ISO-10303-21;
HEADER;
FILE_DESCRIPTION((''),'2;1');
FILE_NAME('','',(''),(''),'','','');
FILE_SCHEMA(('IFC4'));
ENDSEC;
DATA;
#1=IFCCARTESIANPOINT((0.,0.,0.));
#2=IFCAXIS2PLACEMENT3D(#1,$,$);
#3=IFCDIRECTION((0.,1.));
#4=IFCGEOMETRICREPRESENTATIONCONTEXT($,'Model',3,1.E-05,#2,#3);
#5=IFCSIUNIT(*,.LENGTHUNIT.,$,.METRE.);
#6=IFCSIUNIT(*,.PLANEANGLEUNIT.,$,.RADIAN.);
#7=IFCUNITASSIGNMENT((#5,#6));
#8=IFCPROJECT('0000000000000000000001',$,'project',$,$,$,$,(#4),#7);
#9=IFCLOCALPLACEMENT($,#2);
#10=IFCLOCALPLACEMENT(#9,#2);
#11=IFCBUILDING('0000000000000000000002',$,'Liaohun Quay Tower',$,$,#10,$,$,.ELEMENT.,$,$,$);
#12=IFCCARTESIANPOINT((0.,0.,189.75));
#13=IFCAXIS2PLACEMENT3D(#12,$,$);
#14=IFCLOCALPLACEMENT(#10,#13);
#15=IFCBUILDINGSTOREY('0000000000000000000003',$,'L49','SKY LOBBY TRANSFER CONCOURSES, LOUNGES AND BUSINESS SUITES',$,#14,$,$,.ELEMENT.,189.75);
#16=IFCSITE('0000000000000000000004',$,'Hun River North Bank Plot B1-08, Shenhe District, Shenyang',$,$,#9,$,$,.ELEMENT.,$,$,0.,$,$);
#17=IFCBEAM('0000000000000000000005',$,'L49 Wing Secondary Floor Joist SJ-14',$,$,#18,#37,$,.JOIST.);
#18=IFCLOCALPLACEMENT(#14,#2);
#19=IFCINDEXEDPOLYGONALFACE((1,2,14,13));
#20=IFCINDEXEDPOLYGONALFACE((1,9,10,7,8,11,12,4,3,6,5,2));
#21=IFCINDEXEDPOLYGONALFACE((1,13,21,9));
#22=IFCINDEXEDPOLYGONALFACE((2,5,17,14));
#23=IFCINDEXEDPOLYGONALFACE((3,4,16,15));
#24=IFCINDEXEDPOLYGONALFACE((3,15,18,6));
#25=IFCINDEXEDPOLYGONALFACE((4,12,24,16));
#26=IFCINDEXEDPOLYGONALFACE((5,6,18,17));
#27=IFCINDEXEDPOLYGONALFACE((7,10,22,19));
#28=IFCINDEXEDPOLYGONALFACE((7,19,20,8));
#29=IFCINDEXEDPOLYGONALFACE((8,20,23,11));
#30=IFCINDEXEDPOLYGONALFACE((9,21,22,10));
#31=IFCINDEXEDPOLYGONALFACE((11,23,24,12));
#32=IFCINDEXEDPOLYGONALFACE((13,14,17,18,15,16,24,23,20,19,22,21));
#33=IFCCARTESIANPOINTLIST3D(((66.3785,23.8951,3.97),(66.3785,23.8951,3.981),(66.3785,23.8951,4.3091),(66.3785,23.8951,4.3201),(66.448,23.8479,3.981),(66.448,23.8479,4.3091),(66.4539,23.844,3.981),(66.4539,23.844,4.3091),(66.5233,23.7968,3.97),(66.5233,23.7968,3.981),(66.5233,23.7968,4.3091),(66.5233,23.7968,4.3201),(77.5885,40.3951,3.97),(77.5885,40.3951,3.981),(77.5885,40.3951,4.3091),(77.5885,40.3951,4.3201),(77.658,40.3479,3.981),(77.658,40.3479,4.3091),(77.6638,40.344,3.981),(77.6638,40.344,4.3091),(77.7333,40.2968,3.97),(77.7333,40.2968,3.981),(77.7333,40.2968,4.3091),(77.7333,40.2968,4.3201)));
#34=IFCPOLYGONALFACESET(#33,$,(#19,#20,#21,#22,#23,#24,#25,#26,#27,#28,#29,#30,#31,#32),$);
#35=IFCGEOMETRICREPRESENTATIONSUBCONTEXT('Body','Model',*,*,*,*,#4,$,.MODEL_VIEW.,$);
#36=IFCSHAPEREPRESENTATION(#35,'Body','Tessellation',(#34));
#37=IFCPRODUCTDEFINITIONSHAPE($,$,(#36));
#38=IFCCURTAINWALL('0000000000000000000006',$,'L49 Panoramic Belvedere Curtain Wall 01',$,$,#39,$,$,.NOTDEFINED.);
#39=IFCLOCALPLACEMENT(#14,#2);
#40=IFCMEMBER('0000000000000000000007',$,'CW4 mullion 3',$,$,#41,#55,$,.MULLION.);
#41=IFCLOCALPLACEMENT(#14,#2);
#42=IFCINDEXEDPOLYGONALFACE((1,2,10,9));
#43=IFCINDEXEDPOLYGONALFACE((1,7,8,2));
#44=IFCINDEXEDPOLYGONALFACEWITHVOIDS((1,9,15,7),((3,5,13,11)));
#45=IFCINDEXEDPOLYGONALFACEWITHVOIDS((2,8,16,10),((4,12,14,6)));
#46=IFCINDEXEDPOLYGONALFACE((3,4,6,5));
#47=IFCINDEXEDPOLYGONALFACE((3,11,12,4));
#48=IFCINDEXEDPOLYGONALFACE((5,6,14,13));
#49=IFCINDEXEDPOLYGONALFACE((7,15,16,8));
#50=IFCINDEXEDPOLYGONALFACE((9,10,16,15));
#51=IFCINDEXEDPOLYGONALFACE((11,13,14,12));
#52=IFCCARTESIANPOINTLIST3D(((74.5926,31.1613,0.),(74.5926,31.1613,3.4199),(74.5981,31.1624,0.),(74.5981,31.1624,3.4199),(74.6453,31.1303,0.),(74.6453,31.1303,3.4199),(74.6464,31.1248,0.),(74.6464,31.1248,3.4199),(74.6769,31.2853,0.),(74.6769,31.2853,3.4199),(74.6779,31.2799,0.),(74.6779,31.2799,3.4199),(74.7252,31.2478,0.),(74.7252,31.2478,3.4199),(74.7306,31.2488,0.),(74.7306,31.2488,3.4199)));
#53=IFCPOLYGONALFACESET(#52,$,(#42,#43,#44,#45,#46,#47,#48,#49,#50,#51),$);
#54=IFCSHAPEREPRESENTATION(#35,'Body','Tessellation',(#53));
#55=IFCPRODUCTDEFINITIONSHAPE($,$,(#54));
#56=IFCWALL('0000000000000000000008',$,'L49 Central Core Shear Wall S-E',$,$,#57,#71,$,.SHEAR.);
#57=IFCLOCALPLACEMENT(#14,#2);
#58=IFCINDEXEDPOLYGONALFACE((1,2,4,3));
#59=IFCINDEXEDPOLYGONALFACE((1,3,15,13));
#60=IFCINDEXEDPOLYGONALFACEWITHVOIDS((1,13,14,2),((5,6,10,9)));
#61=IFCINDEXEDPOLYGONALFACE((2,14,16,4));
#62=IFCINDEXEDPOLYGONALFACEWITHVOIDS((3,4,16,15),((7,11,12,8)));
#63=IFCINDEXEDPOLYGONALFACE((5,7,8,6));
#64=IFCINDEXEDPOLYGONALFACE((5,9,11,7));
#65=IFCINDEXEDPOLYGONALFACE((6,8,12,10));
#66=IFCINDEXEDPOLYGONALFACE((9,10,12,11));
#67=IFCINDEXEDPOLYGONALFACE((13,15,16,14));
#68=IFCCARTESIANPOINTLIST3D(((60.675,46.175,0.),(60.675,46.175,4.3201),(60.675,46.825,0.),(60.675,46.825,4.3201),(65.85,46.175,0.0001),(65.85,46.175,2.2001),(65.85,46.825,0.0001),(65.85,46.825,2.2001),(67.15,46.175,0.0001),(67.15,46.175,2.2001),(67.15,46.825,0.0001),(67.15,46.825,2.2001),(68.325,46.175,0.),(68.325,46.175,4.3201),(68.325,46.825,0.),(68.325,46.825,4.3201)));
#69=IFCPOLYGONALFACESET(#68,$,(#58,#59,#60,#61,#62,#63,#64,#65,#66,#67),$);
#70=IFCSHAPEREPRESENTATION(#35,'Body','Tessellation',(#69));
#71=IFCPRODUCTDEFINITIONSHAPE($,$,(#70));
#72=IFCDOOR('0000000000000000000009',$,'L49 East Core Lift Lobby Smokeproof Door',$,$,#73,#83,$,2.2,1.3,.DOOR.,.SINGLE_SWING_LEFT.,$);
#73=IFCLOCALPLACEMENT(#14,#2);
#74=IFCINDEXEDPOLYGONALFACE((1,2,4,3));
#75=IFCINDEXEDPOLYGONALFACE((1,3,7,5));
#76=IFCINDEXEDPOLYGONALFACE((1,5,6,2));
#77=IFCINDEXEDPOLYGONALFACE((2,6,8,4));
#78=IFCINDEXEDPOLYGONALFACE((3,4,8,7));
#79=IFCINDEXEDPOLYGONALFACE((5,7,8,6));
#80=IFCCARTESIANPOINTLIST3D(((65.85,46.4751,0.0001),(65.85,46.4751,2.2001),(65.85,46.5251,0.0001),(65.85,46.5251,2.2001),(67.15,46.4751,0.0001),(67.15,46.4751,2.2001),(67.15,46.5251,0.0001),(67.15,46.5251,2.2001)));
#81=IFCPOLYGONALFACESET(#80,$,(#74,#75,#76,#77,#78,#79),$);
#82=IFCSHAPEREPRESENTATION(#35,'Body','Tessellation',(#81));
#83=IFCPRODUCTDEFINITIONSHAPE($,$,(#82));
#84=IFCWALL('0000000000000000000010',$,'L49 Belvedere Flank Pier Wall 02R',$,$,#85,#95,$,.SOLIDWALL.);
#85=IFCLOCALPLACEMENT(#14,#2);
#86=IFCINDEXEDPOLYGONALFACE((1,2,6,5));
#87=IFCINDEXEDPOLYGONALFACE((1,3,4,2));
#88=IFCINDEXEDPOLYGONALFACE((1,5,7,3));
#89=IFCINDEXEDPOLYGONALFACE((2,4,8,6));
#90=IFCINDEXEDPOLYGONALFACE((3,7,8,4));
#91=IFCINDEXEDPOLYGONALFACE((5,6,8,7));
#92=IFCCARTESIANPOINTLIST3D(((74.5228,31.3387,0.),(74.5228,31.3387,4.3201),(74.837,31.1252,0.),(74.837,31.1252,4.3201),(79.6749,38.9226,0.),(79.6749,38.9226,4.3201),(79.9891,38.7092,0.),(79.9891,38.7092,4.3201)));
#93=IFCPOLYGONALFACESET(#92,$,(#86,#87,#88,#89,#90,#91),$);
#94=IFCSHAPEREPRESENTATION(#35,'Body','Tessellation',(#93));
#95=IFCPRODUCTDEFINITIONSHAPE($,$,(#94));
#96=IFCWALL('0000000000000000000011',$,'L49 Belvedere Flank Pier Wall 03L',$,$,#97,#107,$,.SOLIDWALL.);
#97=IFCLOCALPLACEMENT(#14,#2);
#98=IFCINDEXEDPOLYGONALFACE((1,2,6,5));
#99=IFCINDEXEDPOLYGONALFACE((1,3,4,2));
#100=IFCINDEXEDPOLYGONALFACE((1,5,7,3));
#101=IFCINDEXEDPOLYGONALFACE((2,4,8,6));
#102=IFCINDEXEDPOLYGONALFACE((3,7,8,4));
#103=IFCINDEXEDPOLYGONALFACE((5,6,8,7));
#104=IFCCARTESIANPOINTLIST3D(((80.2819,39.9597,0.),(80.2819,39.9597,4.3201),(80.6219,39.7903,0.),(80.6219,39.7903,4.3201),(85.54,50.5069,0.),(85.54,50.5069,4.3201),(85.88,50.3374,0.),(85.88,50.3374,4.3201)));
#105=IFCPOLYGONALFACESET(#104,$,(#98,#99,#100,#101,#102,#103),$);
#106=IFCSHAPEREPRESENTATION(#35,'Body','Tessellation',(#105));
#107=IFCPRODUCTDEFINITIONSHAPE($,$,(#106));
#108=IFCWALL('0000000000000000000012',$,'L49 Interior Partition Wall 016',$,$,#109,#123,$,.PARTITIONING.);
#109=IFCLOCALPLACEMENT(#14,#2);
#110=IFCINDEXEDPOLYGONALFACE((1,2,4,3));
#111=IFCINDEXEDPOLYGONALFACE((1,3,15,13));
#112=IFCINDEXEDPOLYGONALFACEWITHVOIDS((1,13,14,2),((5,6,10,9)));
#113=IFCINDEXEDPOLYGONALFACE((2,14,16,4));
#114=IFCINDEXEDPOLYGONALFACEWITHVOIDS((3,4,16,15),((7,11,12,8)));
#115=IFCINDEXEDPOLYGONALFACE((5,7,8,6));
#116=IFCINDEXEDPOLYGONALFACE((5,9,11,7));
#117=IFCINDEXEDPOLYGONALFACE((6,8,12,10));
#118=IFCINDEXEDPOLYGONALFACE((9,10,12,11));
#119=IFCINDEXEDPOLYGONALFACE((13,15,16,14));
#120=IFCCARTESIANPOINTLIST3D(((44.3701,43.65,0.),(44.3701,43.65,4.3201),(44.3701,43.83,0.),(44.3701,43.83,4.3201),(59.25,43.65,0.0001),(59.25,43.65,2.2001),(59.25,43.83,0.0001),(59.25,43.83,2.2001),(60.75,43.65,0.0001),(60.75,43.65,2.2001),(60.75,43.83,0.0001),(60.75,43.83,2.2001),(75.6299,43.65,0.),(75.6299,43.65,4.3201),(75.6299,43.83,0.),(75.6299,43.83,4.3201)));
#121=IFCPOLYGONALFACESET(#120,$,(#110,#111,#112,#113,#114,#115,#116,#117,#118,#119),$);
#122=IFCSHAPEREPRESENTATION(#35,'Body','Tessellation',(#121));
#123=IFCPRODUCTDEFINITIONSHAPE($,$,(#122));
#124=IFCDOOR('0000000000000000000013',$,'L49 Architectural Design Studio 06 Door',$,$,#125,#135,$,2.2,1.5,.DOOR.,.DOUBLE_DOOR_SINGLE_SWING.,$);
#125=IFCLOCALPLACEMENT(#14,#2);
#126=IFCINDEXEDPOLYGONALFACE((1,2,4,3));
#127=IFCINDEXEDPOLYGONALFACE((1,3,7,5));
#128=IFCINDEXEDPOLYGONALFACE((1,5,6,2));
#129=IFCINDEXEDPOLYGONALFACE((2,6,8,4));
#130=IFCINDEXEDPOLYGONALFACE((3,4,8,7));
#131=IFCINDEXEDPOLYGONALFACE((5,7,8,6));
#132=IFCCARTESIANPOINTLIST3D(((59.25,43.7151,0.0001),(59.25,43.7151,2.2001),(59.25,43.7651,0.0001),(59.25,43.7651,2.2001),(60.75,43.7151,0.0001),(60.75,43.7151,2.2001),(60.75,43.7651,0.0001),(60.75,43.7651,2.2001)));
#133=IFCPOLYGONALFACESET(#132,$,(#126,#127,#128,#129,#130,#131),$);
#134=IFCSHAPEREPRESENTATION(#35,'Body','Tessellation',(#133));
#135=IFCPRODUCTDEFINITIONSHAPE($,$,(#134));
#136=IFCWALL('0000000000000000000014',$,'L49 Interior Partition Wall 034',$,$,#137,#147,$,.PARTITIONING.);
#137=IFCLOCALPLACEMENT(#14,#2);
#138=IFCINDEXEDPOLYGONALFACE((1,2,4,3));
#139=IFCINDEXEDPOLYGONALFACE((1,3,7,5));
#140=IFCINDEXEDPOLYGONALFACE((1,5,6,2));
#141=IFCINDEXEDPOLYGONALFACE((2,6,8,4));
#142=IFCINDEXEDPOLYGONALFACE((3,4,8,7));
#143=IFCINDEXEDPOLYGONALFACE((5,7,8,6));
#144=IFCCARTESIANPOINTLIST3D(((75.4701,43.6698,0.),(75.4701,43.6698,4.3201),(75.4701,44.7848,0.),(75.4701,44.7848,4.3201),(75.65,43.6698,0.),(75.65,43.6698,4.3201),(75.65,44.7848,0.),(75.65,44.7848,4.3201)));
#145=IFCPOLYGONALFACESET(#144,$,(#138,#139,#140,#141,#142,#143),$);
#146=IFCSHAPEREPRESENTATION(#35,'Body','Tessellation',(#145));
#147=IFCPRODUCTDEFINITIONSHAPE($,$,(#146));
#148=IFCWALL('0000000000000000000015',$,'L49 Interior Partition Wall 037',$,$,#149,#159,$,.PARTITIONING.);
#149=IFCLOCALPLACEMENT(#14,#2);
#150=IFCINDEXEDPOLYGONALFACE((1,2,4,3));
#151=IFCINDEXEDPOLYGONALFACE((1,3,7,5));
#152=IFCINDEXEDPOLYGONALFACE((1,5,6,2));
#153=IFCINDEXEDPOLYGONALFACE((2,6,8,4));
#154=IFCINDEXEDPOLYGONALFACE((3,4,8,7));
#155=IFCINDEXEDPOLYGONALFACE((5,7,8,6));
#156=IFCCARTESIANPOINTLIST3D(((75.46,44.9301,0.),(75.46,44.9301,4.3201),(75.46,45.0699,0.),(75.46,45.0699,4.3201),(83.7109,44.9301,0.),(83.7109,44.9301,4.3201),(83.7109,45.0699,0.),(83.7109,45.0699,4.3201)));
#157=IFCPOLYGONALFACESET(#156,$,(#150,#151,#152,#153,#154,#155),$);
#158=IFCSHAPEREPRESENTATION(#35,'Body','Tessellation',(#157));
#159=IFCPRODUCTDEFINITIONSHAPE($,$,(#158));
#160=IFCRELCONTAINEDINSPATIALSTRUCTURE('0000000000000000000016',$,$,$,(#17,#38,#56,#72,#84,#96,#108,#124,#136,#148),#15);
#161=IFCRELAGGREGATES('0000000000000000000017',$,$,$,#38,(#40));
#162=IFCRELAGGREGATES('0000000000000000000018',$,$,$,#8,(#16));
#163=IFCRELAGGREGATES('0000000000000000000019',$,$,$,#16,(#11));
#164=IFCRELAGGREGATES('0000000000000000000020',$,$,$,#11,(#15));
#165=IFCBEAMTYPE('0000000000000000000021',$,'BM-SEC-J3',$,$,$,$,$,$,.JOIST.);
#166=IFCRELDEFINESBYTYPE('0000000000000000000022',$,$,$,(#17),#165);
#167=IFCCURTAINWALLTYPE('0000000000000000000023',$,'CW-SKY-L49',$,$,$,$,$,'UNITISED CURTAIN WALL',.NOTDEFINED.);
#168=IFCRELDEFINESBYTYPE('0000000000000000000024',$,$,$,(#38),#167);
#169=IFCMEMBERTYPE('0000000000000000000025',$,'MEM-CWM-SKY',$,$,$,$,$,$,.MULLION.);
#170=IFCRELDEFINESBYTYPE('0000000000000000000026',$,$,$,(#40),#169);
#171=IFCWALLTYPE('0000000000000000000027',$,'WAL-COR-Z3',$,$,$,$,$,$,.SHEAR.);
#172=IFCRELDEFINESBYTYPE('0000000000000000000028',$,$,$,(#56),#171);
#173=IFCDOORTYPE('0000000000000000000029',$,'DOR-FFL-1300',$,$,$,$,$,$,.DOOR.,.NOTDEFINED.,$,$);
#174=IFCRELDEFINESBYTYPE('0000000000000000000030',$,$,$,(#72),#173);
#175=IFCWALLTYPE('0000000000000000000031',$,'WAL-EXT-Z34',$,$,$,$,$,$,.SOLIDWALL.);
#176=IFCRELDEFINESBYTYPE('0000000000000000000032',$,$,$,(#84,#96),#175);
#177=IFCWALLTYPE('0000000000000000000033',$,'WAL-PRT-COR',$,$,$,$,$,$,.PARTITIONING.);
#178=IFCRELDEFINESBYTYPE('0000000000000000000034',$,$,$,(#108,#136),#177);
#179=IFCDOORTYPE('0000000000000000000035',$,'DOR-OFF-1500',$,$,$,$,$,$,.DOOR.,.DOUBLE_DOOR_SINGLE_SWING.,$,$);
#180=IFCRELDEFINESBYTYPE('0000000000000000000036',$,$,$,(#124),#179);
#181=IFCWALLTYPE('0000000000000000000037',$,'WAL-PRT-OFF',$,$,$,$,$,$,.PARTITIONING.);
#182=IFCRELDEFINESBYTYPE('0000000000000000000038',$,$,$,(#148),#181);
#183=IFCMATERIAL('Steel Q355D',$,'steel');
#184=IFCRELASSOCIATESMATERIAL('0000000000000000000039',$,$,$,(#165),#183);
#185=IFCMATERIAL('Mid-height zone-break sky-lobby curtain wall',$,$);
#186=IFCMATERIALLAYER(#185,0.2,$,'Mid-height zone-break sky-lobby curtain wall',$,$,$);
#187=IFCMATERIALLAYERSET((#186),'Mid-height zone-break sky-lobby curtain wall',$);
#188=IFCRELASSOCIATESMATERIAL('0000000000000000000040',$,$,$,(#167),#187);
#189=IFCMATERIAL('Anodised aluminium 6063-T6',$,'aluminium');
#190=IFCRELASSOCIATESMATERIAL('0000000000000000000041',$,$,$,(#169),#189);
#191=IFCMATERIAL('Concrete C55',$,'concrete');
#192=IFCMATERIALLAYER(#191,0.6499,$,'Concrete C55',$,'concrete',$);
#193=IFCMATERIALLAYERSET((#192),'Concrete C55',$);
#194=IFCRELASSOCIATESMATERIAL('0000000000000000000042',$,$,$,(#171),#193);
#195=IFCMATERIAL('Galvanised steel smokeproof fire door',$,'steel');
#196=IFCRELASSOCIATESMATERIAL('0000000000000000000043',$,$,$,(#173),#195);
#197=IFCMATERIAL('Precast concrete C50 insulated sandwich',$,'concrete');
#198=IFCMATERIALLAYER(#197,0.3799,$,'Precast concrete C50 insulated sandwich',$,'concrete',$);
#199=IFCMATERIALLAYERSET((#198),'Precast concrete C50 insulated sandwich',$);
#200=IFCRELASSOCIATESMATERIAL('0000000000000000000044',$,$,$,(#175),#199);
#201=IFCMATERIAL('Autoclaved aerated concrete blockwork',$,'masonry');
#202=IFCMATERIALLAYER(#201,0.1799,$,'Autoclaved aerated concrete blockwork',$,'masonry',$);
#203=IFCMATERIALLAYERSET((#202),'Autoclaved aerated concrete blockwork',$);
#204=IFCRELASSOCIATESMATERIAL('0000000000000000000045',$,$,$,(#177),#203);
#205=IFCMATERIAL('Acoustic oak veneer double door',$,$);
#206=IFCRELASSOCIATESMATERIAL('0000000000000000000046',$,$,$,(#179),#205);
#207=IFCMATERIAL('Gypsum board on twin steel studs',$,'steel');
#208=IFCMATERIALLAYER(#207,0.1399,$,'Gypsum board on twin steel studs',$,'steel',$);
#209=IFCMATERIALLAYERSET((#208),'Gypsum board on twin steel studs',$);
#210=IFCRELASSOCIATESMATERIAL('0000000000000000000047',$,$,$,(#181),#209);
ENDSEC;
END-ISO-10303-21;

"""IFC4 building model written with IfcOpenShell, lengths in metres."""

from ifc_helpers import new_model, si_unit, direction, frame, frame_2d, origin, origin_2d, place, context, subcontext, project, spatial, rectangle, hollow_rectangle, i_section, extrude, source, transform, mapped, material, layer, layer_set, material_profile, profile_set, type_object, element, fill, aggregate, save


model = new_model("IFC4")

# Units and contexts
model_context = context("Model", 3, precision=1e-05, world=origin(), true_north=direction((0.0, 1.0)))
body_context = subcontext(model_context, "Body", "Model", "MODEL_VIEW")
ifc_project = project(units=[si_unit("LENGTHUNIT", "METRE"), si_unit("PLANEANGLEUNIT", "RADIAN")], contexts=[model_context])

# Site, building, storey
site_placement = place(None, origin())
site = spatial("IfcSite", under=ifc_project, at=site_placement, Name="Hun River North Bank Plot B1-08, Shenhe District, Shenyang", CompositionType="ELEMENT", RefElevation=0.0)
building_placement = place(site_placement, origin())
building = spatial("IfcBuilding", under=site, at=building_placement, Name="Liaohun Quay Tower", CompositionType="ELEMENT")
storey_placement = place(building_placement, frame((0.0, 0.0, 189.75)))
storey = spatial("IfcBuildingStorey", under=building, at=storey_placement, Name="L49", Description="SKY LOBBY TRANSFER CONCOURSES, LOUNGES AND BUSINESS SUITES", CompositionType="ELEMENT", Elevation=189.75)

# Shared definitions
ifc_material_1 = material(Name="Concrete C55", Category="concrete")

# Beam
ifc_material_2 = material(Name="Steel Q355D", Category="steel")
ifc_material_profile_1 = material_profile(ifc_material_2, i_section(OverallWidth=0.175, OverallDepth=0.3501, WebThickness=0.0071, FlangeThickness=0.011, at=origin_2d()), Name="HN350x175x7x11")
ifc_profile_set_1 = profile_set([ifc_material_profile_1], Name="Steel Q355D")
beam_type_1 = type_object("IfcBeamType", Name="BM-SEC-J3", PredefinedType="JOIST", material=ifc_profile_set_1)
shared_shape_1 = source(origin(), body_context, "Body", "SweptSolid", [
    extrude(i_section(OverallWidth=0.175, OverallDepth=0.3501, WebThickness=0.0071, FlangeThickness=0.011, at=origin_2d()), origin(), (0.0, 0.0, 1.0), 19.9478),
])
beam_1_placement = place(storey_placement, frame((77.6609, 40.3459, 4.145), z_axis=(-0.561966, -0.82716, 0.0), x_axis=(0.82716, -0.561966, 0.0)))
element("IfcBeam", 1, at=beam_1_placement, inside=storey, type_object=beam_type_1, Name="L49 Wing Secondary Floor Joist SJ-14", PredefinedType="JOIST", context=body_context, shape_type="MappedRepresentation", body=[
    mapped(shared_shape_1, transform((0.0, 0.0, 0.0), x_axis=(1.0, 0.0, 0.0), y_axis=(0.0, 1.0, 0.0), z_axis=(0.0, 0.0, 1.0), scale=1.0)),
])

# Curtain wall, member
ifc_material_3 = material(Name="Mid-height zone-break sky-lobby curtain wall")
ifc_layer_1 = layer(ifc_material_3, 0.2, Name="Mid-height zone-break sky-lobby curtain wall")
ifc_layer_set_1 = layer_set([ifc_layer_1], Name="Mid-height zone-break sky-lobby curtain wall")
curtain_wall_type = type_object("IfcCurtainWallType", Name="CW-SKY-L49", ElementType="UNITISED CURTAIN WALL", PredefinedType="NOTDEFINED", material=ifc_layer_set_1)
curtain_wall_placement = place(storey_placement, origin())
curtain_wall = element("IfcCurtainWall", 2, at=curtain_wall_placement, inside=storey, type_object=curtain_wall_type, Name="L49 Panoramic Belvedere Curtain Wall 01", PredefinedType="NOTDEFINED")
ifc_material_4 = material(Name="Anodised aluminium 6063-T6", Category="aluminium")
ifc_material_profile_2 = material_profile(ifc_material_4, hollow_rectangle(XDim=0.0649, YDim=0.1499, WallThickness=0.0039, at=origin_2d()), Name="RHS150x65x4")
ifc_profile_set_2 = profile_set([ifc_material_profile_2], Name="Anodised aluminium 6063-T6")
member_type = type_object("IfcMemberType", Name="MEM-CWM-SKY", PredefinedType="MULLION", material=ifc_profile_set_2)
shared_shape_2 = source(origin(), body_context, "Body", "SweptSolid", [
    extrude(hollow_rectangle(XDim=0.0649, YDim=0.1499, WallThickness=0.0039, at=origin_2d()), origin(), (0.0, 0.0, 1.0), 3.4199),
])
member_placement = place(storey_placement, frame((74.6616, 31.2051, 0.0), z_axis=(0.0, 0.0, 1.0), x_axis=(-0.827139, 0.561998, 0.0)))
member = element("IfcMember", 3, at=member_placement, type_object=member_type, Name="CW4 mullion 3", PredefinedType="MULLION", context=body_context, shape_type="MappedRepresentation", body=[
    mapped(shared_shape_2, transform((0.0, 0.0, 0.0), x_axis=(1.0, 0.0, 0.0), y_axis=(0.0, 1.0, 0.0), z_axis=(0.0, 0.0, 1.0), scale=1.0)),
])
aggregate(curtain_wall, [member])

# Wall, opening, door
ifc_layer_2 = layer(ifc_material_1, 0.6499, Name="Concrete C55", Category="concrete")
ifc_layer_set_2 = layer_set([ifc_layer_2], Name="Concrete C55")
wall_type_1 = type_object("IfcWallType", Name="WAL-COR-Z3", PredefinedType="SHEAR", material=ifc_layer_set_2)
wall_1_placement = place(storey_placement, frame((68.325, 46.5, 0.0), z_axis=(0.0, 0.0, 1.0), x_axis=(-1.0, 0.0, 0.0)))
wall_1 = element("IfcWall", 4, at=wall_1_placement, inside=storey, type_object=wall_type_1, Name="L49 Central Core Shear Wall S-E", PredefinedType="SHEAR", context=body_context, shape_type="SweptSolid", body=[
    extrude(rectangle(XDim=7.6499, YDim=0.6499, at=frame_2d((3.825, 0.0))), origin(), (0.0, 0.0, 1.0), 4.3201),
])
shared_shape_3 = source(origin(), body_context, "Body", "SweptSolid", [
    extrude(rectangle(XDim=1.3, YDim=2.2, at=frame_2d((0.6499, 1.1001))), frame((0.0, 0.335, 0.0), z_axis=(0.0, -1.0, 0.0), x_axis=(1.0, 0.0, 0.0)), (0.0, 0.0, 1.0), 0.6699),
])
opening_1_placement = place(wall_1_placement, frame((1.175, 0.0, 0.0)))
opening_1 = element("IfcOpeningElement", 5, at=opening_1_placement, cuts=wall_1, PredefinedType="OPENING", context=body_context, shape_type="MappedRepresentation", body=[
    mapped(shared_shape_3, transform((0.0, 0.0, 0.0), x_axis=(1.0, 0.0, 0.0), y_axis=(0.0, 1.0, 0.0), z_axis=(0.0, 0.0, 1.0), scale=1.0)),
])
ifc_material_5 = material(Name="Galvanised steel smokeproof fire door", Category="steel")
door_type_1 = type_object("IfcDoorType", Name="DOR-FFL-1300", OperationType="NOTDEFINED", PredefinedType="DOOR", material=ifc_material_5)
shared_shape_4 = source(origin(), body_context, "Body", "SweptSolid", [
    extrude(rectangle(XDim=1.3, YDim=2.2, at=frame_2d((0.6499, 1.1001))), frame((0.0, 0.0249, 0.0), z_axis=(0.0, -1.0, 0.0), x_axis=(1.0, 0.0, 0.0)), (0.0, 0.0, 1.0), 0.05),
])
door_1_placement = place(opening_1_placement, origin())
door_1 = element("IfcDoor", 6, at=door_1_placement, inside=storey, type_object=door_type_1, Name="L49 East Core Lift Lobby Smokeproof Door", OperationType="SINGLE_SWING_LEFT", OverallHeight=2.2, OverallWidth=1.3, PredefinedType="DOOR", context=body_context, shape_type="MappedRepresentation", body=[
    mapped(shared_shape_4, transform((0.0, 0.0, 0.0), x_axis=(1.0, 0.0, 0.0), y_axis=(0.0, 1.0, 0.0), z_axis=(0.0, 0.0, 1.0), scale=1.0)),
])
fill(opening_1, door_1)

# Walls
ifc_material_6 = material(Name="Precast concrete C50 insulated sandwich", Category="concrete")
ifc_layer_3 = layer(ifc_material_6, 0.3799, Name="Precast concrete C50 insulated sandwich", Category="concrete")
ifc_layer_set_3 = layer_set([ifc_layer_3], Name="Precast concrete C50 insulated sandwich")
wall_type_2 = type_object("IfcWallType", Name="WAL-EXT-Z34", PredefinedType="SOLIDWALL", material=ifc_layer_set_3)
wall_2_placement = place(storey_placement, frame((74.6799, 31.2319, 0.0), z_axis=(0.0, 0.0, 1.0), x_axis=(0.561936, 0.82718, 0.0)))
element("IfcWall", 7, at=wall_2_placement, inside=storey, type_object=wall_type_2, Name="L49 Belvedere Flank Pier Wall 02R", PredefinedType="SOLIDWALL", context=body_context, shape_type="SweptSolid", body=[
    extrude(rectangle(XDim=9.1685, YDim=0.3799, at=frame_2d((4.5842, 0.0))), origin(), (0.0, 0.0, 1.0), 4.3201),
])
wall_3_placement = place(storey_placement, frame((80.4519, 39.875, 0.0), z_axis=(0.0, 0.0, 1.0), x_axis=(0.446161, 0.894953, 0.0)))
element("IfcWall", 8, at=wall_3_placement, inside=storey, type_object=wall_type_2, Name="L49 Belvedere Flank Pier Wall 03L", PredefinedType="SOLIDWALL", context=body_context, shape_type="SweptSolid", body=[
    extrude(rectangle(XDim=11.7852, YDim=0.3799, at=frame_2d((5.8926, 0.0))), origin(), (0.0, 0.0, 1.0), 4.3201),
])

# Wall, opening, door
ifc_material_7 = material(Name="Autoclaved aerated concrete blockwork", Category="masonry")
ifc_layer_4 = layer(ifc_material_7, 0.1799, Name="Autoclaved aerated concrete blockwork", Category="masonry")
ifc_layer_set_4 = layer_set([ifc_layer_4], Name="Autoclaved aerated concrete blockwork")
wall_type_3 = type_object("IfcWallType", Name="WAL-PRT-COR", PredefinedType="PARTITIONING", material=ifc_layer_set_4)
wall_4_placement = place(storey_placement, frame((75.6299, 43.74, 0.0), z_axis=(0.0, 0.0, 1.0), x_axis=(-1.0, 0.0, 0.0)))
wall_4 = element("IfcWall", 9, at=wall_4_placement, inside=storey, type_object=wall_type_3, Name="L49 Interior Partition Wall 016", PredefinedType="PARTITIONING", context=body_context, shape_type="SweptSolid", body=[
    extrude(rectangle(XDim=31.2598, YDim=0.1799, at=frame_2d((15.6299, 0.0))), origin(), (0.0, 0.0, 1.0), 4.3201),
])
shared_shape_5 = source(origin(), body_context, "Body", "SweptSolid", [
    extrude(rectangle(XDim=1.5, YDim=2.2, at=frame_2d((0.75, 1.1001))), frame((0.0, 0.0999, 0.0), z_axis=(0.0, -1.0, 0.0), x_axis=(1.0, 0.0, 0.0)), (0.0, 0.0, 1.0), 0.2),
])
opening_2_placement = place(wall_4_placement, frame((14.8799, 0.0, 0.0)))
opening_2 = element("IfcOpeningElement", 10, at=opening_2_placement, cuts=wall_4, PredefinedType="OPENING", context=body_context, shape_type="MappedRepresentation", body=[
    mapped(shared_shape_5, transform((0.0, 0.0, 0.0), x_axis=(1.0, 0.0, 0.0), y_axis=(0.0, 1.0, 0.0), z_axis=(0.0, 0.0, 1.0), scale=1.0)),
])
ifc_material_8 = material(Name="Acoustic oak veneer double door")
door_type_2 = type_object("IfcDoorType", Name="DOR-OFF-1500", OperationType="DOUBLE_DOOR_SINGLE_SWING", PredefinedType="DOOR", material=ifc_material_8)
shared_shape_6 = source(origin(), body_context, "Body", "SweptSolid", [
    extrude(rectangle(XDim=1.5, YDim=2.2, at=frame_2d((0.75, 1.1001))), frame((0.0, 0.0249, 0.0), z_axis=(0.0, -1.0, 0.0), x_axis=(1.0, 0.0, 0.0)), (0.0, 0.0, 1.0), 0.05),
])
door_2_placement = place(opening_2_placement, origin())
door_2 = element("IfcDoor", 11, at=door_2_placement, inside=storey, type_object=door_type_2, Name="L49 Architectural Design Studio 06 Door", OperationType="DOUBLE_DOOR_SINGLE_SWING", OverallHeight=2.2, OverallWidth=1.5, PredefinedType="DOOR", context=body_context, shape_type="MappedRepresentation", body=[
    mapped(shared_shape_6, transform((0.0, 0.0, 0.0), x_axis=(1.0, 0.0, 0.0), y_axis=(0.0, 1.0, 0.0), z_axis=(0.0, 0.0, 1.0), scale=1.0)),
])
fill(opening_2, door_2)

# Walls
wall_5_placement = place(storey_placement, frame((75.5601, 44.7849, 0.0), z_axis=(0.0, 0.0, 1.0), x_axis=(0.0, -1.0, 0.0)))
element("IfcWall", 12, at=wall_5_placement, inside=storey, type_object=wall_type_3, Name="L49 Interior Partition Wall 034", PredefinedType="PARTITIONING", context=body_context, shape_type="SweptSolid", body=[
    extrude(rectangle(XDim=1.115, YDim=0.1799, at=frame_2d((0.5576, 0.0))), origin(), (0.0, 0.0, 1.0), 4.3201),
])
ifc_material_9 = material(Name="Gypsum board on twin steel studs", Category="steel")
ifc_layer_5 = layer(ifc_material_9, 0.1399, Name="Gypsum board on twin steel studs", Category="steel")
ifc_layer_set_5 = layer_set([ifc_layer_5], Name="Gypsum board on twin steel studs")
wall_type_4 = type_object("IfcWallType", Name="WAL-PRT-OFF", PredefinedType="PARTITIONING", material=ifc_layer_set_5)
wall_6_placement = place(storey_placement, frame((75.46, 45.0, 0.0), z_axis=(0.0, 0.0, 1.0), x_axis=(1.0, 0.0, 0.0)))
element("IfcWall", 13, at=wall_6_placement, inside=storey, type_object=wall_type_4, Name="L49 Interior Partition Wall 037", PredefinedType="PARTITIONING", context=body_context, shape_type="SweptSolid", body=[
    extrude(rectangle(XDim=8.251, YDim=0.1399, at=frame_2d((4.1255, 0.0))), origin(), (0.0, 0.0, 1.0), 4.3201),
])

save(model, "model.ifc")
